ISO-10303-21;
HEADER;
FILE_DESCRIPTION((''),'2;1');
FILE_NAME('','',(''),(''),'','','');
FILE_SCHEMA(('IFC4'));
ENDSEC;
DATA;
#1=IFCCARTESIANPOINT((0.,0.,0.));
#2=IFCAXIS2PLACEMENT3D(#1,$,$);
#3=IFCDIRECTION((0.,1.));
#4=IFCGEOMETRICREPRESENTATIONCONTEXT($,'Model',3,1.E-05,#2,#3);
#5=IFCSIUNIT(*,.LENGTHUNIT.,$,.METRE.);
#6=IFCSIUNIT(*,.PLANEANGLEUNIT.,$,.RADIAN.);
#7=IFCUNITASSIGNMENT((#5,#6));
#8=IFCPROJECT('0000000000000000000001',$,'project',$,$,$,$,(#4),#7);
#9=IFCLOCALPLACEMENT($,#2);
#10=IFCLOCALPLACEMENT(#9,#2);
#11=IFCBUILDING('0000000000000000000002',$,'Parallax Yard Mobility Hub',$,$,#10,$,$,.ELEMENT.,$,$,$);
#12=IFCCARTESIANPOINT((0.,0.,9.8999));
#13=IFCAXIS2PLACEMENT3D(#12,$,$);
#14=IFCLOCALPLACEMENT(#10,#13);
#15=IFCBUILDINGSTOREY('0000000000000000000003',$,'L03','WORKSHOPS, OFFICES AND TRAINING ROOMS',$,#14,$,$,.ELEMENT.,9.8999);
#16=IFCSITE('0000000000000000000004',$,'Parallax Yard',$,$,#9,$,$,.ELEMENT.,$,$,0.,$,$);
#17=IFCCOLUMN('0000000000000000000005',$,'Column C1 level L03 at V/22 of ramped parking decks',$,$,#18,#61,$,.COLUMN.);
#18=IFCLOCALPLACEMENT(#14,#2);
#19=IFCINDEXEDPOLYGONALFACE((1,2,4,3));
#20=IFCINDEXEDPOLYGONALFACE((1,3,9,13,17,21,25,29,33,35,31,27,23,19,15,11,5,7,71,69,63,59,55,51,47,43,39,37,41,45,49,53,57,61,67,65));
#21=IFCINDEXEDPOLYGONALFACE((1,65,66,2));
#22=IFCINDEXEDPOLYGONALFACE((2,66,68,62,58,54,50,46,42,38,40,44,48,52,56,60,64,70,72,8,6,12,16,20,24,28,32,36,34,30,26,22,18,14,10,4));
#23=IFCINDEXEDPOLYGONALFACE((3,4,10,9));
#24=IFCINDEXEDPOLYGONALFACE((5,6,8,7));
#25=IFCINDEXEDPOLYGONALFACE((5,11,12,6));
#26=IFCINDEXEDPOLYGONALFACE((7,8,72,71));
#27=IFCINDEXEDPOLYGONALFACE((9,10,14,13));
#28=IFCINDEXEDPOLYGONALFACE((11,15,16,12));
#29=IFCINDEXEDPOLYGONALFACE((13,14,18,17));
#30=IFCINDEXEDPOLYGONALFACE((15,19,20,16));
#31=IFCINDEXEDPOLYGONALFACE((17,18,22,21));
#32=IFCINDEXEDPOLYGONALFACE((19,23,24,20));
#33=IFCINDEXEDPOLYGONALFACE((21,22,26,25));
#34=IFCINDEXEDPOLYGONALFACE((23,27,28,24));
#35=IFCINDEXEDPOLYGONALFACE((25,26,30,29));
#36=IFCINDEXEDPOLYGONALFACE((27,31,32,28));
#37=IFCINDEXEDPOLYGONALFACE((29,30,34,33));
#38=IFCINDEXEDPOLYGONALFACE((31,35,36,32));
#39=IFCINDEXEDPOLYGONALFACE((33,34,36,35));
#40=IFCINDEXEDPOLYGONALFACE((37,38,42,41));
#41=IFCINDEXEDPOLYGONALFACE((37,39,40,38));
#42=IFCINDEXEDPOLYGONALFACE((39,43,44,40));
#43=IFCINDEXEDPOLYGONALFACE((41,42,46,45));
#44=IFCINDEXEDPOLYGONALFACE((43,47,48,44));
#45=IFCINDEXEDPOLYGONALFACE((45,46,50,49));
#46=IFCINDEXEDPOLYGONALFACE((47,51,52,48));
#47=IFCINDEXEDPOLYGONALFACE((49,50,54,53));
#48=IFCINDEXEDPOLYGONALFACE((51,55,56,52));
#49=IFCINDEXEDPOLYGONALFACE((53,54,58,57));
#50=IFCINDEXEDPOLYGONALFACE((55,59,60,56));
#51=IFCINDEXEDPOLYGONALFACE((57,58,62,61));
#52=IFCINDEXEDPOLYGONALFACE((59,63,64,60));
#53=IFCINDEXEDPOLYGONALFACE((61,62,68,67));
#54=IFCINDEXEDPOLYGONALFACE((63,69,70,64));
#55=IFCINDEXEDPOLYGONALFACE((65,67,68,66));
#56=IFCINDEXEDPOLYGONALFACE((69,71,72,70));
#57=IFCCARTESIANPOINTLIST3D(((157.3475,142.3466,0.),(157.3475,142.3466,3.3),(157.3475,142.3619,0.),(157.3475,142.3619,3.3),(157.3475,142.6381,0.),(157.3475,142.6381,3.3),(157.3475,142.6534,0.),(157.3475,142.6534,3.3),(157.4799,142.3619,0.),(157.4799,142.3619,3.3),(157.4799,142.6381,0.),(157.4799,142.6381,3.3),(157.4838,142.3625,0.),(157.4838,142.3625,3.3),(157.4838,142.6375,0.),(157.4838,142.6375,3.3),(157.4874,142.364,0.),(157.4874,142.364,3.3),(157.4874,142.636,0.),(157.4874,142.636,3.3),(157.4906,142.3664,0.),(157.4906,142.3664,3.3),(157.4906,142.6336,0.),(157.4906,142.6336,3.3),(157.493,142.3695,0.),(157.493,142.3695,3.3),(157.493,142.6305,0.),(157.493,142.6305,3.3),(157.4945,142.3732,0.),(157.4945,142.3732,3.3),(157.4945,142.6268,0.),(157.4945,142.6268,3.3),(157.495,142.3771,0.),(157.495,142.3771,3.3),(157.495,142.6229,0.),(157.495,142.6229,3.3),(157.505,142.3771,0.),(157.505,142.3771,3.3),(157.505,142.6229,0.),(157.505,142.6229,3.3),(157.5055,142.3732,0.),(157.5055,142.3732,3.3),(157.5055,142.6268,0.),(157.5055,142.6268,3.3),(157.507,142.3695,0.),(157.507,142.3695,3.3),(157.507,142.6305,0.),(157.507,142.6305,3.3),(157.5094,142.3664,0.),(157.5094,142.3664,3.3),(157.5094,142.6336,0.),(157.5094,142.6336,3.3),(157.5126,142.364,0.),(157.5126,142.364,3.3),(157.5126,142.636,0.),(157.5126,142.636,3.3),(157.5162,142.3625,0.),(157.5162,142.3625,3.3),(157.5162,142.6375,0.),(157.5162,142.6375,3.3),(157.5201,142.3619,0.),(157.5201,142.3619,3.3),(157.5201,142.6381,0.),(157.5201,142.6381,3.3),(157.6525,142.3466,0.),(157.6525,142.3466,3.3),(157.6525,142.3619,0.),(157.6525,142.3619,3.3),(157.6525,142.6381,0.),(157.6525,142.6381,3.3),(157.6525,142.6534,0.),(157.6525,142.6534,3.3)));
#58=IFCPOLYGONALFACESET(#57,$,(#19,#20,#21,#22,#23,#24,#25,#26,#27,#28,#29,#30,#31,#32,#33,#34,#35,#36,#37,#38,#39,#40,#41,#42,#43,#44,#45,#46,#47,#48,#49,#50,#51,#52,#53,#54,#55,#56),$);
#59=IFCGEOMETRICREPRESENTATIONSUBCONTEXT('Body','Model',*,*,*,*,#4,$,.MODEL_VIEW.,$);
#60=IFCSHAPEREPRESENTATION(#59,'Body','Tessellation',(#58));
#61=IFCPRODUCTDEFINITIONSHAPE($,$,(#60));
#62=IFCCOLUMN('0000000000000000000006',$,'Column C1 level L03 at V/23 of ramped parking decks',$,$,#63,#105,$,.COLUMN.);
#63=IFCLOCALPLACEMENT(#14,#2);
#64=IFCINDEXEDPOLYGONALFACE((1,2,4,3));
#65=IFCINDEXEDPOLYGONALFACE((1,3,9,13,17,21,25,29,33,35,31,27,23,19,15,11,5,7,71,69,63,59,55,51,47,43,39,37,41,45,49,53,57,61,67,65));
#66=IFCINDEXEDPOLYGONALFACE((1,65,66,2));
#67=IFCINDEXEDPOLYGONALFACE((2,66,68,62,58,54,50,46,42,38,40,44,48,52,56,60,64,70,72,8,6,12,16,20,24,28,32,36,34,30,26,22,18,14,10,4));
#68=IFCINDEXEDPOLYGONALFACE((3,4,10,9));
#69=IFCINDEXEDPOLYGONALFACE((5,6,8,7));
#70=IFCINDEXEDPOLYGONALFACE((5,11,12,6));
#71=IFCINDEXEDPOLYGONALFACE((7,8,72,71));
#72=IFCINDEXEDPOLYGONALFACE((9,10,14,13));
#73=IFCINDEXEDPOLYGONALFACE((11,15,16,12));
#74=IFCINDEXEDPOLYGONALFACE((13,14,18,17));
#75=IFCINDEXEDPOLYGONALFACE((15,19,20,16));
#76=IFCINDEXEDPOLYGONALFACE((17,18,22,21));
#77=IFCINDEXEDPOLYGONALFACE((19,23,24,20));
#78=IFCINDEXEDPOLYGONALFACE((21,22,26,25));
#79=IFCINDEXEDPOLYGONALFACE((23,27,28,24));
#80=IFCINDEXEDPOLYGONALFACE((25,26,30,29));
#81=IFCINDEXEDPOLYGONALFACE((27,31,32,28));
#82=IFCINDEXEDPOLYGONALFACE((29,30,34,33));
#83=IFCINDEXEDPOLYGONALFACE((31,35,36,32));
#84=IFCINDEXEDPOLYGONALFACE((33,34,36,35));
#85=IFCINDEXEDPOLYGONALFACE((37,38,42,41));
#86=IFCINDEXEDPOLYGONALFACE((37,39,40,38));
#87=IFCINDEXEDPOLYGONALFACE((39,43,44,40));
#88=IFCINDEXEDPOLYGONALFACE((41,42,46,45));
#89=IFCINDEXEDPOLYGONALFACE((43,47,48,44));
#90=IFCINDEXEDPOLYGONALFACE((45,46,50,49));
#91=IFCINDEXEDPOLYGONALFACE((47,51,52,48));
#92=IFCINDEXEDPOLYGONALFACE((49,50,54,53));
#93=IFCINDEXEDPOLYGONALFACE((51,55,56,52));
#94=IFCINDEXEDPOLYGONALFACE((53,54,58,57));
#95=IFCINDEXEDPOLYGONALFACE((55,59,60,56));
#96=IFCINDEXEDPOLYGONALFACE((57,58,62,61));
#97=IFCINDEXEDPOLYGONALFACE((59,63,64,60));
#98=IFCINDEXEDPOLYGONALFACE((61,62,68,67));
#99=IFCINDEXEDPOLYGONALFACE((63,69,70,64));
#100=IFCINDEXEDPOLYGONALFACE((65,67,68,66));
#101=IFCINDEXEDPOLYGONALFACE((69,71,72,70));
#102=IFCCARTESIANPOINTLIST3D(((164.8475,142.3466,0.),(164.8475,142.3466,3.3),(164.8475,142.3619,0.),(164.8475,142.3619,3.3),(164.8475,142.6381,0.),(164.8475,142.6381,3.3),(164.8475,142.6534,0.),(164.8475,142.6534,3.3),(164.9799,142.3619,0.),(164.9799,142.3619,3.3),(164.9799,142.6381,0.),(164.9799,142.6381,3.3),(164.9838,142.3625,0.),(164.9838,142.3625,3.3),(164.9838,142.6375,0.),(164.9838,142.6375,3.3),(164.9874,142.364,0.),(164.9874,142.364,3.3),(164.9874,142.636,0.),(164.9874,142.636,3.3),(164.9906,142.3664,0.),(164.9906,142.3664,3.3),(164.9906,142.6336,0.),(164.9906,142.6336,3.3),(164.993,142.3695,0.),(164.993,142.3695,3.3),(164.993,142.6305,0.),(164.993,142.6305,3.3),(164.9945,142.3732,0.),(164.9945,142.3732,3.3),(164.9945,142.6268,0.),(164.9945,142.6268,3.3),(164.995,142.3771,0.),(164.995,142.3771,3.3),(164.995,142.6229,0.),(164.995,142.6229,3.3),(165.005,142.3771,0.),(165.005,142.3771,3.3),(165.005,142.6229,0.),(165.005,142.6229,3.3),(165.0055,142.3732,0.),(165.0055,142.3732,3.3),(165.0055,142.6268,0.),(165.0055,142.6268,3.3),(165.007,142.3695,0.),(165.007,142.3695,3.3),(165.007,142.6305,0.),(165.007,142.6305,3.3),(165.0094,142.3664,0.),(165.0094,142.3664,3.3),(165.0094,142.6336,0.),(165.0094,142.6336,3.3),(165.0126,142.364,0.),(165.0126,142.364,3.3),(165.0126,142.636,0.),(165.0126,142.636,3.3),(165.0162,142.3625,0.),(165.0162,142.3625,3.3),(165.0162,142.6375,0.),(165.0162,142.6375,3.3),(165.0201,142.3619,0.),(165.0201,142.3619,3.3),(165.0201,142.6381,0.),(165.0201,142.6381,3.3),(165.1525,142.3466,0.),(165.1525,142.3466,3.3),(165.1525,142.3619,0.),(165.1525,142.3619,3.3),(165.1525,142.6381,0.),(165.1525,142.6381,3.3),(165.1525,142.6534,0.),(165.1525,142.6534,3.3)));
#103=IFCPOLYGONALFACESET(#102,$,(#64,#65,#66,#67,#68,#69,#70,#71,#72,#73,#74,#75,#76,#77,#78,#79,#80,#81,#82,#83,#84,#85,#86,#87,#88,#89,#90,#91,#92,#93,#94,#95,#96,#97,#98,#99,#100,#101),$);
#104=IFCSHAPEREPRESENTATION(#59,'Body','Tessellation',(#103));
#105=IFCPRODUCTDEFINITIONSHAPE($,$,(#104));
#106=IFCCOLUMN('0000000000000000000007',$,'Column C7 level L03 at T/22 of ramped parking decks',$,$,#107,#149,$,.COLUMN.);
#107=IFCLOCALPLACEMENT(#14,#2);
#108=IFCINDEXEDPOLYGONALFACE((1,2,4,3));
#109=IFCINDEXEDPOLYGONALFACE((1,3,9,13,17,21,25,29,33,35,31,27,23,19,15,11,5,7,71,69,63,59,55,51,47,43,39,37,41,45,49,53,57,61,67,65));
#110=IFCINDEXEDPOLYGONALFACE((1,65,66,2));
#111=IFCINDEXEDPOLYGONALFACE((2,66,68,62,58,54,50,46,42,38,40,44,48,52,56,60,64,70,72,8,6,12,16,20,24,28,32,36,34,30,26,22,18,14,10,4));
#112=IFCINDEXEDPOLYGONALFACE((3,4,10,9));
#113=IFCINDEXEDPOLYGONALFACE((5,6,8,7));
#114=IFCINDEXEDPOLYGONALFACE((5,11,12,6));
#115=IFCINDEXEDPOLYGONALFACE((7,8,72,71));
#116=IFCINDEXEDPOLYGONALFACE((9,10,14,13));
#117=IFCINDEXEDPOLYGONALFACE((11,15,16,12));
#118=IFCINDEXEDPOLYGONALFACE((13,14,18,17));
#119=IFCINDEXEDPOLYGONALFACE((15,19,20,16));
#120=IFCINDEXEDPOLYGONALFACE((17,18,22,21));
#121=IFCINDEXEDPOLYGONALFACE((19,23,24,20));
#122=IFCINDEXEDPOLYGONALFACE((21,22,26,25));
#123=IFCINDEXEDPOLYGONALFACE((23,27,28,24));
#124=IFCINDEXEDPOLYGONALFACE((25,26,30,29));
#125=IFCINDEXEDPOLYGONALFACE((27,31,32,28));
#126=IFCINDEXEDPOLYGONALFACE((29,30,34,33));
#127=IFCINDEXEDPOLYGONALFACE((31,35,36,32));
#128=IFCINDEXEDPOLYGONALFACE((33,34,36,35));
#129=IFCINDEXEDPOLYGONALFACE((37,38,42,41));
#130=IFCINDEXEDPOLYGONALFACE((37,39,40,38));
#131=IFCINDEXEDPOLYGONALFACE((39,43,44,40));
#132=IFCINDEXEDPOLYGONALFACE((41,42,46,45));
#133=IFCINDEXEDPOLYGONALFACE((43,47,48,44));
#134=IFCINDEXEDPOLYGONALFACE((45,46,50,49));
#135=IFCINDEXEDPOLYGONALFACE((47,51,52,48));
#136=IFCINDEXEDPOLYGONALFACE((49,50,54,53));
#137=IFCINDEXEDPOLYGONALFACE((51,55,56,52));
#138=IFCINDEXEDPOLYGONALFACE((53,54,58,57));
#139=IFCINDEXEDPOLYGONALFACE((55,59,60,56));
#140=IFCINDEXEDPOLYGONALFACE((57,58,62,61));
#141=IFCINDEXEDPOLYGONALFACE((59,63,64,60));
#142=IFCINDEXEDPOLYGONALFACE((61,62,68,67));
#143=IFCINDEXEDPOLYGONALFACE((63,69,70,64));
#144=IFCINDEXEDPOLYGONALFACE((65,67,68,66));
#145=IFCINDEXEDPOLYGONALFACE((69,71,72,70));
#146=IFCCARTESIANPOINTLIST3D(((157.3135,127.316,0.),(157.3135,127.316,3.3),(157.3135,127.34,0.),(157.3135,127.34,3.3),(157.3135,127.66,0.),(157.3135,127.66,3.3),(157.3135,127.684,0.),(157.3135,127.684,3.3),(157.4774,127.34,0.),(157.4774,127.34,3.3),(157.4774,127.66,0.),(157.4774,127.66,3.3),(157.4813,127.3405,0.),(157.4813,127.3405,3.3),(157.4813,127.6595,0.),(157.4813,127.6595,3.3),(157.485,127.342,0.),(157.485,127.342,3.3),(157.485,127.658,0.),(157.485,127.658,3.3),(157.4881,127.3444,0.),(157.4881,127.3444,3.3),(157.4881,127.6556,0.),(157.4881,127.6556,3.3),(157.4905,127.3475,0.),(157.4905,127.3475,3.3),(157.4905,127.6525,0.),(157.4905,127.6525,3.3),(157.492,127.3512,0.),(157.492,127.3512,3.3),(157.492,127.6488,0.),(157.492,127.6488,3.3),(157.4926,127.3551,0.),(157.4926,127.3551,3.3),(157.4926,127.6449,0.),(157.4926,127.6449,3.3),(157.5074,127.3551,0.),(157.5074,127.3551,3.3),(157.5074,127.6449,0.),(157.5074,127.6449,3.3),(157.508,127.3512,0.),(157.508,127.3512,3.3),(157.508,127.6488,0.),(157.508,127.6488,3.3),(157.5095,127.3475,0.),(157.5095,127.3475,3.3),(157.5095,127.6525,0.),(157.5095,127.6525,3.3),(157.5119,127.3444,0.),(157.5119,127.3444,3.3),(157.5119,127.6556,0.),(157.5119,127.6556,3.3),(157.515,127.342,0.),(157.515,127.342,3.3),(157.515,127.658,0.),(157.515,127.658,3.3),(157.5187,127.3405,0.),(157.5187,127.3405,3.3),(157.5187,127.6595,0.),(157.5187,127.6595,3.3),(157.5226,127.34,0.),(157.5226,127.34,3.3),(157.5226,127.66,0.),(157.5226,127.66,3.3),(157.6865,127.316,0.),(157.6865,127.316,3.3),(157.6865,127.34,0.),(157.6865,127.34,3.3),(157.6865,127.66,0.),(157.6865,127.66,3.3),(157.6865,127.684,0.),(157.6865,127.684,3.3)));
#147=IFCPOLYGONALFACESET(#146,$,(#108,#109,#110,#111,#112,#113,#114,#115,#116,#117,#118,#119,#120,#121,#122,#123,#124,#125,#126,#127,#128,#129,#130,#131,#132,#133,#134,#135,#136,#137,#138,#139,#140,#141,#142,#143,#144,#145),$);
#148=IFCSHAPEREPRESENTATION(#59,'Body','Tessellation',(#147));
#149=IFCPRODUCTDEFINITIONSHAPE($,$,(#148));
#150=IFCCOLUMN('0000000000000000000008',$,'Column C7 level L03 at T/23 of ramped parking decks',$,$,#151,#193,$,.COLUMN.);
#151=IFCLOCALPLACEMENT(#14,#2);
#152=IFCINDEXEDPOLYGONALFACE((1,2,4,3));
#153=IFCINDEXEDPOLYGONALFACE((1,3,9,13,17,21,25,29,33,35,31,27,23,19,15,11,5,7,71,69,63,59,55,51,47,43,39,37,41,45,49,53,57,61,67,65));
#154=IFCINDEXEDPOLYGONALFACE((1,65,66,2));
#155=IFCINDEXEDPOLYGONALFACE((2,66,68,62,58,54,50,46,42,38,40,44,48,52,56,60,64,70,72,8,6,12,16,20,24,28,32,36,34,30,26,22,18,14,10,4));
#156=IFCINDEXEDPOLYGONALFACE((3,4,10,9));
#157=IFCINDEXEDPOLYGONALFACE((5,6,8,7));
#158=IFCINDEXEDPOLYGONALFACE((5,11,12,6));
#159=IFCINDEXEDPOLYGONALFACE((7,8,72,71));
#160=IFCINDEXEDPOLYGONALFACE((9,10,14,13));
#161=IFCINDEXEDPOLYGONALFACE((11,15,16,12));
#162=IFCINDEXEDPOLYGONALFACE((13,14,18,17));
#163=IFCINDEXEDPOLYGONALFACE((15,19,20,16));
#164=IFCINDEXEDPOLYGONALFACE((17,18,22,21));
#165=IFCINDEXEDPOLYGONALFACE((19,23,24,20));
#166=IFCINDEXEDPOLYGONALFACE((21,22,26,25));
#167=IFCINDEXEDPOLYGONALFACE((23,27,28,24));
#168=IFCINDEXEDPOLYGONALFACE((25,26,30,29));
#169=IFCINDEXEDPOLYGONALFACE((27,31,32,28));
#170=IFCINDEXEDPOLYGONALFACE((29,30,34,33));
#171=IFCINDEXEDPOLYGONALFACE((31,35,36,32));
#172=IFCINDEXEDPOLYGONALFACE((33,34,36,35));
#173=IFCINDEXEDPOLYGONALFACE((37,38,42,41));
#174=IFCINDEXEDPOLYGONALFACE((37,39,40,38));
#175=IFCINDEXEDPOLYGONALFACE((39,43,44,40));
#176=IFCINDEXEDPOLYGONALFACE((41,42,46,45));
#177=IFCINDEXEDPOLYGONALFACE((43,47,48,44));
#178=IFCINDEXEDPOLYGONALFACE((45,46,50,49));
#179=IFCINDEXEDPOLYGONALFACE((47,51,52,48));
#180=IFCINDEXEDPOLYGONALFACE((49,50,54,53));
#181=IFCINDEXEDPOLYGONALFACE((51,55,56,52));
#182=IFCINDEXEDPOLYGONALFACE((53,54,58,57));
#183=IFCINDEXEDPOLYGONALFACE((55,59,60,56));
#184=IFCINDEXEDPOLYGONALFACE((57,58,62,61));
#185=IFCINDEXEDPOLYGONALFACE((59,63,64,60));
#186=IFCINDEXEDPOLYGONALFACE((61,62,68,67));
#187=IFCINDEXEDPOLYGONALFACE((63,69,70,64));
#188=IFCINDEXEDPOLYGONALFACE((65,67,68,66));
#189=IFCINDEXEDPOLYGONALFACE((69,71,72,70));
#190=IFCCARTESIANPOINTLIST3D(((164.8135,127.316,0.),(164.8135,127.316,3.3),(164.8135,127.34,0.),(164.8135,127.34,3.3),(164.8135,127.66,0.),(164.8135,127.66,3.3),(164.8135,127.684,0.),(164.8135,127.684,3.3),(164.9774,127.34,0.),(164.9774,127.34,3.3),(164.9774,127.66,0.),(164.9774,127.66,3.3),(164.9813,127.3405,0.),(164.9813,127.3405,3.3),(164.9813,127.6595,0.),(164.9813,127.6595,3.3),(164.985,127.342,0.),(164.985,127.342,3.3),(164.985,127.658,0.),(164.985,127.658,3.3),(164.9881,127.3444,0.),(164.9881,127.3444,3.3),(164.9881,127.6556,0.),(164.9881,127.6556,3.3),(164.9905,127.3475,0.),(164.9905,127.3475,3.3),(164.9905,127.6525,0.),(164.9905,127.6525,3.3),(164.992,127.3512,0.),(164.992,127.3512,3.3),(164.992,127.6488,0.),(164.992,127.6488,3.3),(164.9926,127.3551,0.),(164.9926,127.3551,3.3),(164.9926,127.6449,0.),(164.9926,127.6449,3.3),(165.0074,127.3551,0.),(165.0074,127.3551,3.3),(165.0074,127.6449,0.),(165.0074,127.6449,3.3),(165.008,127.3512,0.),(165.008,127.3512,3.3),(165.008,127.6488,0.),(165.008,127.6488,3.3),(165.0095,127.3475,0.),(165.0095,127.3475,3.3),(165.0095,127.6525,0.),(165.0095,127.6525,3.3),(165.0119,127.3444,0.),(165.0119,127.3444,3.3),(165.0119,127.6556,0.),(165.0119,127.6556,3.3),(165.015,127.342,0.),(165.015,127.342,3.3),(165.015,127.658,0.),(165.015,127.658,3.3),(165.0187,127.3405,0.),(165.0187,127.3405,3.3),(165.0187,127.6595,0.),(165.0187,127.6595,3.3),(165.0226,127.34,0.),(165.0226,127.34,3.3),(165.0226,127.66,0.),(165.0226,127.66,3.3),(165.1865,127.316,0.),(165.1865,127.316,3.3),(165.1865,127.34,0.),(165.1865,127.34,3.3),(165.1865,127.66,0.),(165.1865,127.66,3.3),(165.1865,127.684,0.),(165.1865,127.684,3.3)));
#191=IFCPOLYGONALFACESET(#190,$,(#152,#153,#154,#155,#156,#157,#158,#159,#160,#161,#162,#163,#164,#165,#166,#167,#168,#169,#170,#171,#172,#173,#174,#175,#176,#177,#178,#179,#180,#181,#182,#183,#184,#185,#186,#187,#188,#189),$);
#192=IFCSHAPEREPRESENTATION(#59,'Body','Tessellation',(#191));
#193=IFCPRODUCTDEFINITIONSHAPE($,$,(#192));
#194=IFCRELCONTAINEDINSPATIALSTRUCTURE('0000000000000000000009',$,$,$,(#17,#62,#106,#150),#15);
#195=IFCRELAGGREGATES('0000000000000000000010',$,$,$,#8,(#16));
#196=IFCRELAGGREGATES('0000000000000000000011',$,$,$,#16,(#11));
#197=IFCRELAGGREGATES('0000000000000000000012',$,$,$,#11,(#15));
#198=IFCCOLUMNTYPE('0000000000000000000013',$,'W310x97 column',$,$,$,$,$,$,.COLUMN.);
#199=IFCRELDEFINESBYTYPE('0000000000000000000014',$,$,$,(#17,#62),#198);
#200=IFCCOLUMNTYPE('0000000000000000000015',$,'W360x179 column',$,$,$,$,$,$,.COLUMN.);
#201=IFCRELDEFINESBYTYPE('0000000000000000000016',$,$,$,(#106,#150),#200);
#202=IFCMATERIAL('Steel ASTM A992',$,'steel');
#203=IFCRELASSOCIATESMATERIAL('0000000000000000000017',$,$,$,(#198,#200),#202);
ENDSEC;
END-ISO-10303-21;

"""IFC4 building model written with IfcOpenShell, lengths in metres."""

from ifc_helpers import new_model, si_unit, direction, frame, origin, origin_2d, place, context, subcontext, project, spatial, i_section, extrude, material, material_profile, profile_set, type_object, element, save


model = new_model("IFC4")

# Units and contexts
model_context = context("Model", 3, precision=1e-05, world=origin(), true_north=direction((0.0, 1.0)))
body_context = subcontext(model_context, "Body", "Model", "MODEL_VIEW")
ifc_project = project(units=[si_unit("LENGTHUNIT", "METRE"), si_unit("PLANEANGLEUNIT", "RADIAN")], contexts=[model_context])

# Site, building, storey
site_placement = place(None, origin())
site = spatial("IfcSite", under=ifc_project, at=site_placement, Name="Parallax Yard", CompositionType="ELEMENT", RefElevation=0.0)
building_placement = place(site_placement, origin())
building = spatial("IfcBuilding", under=site, at=building_placement, Name="Parallax Yard Mobility Hub", CompositionType="ELEMENT")
storey_placement = place(building_placement, frame((0.0, 0.0, 9.8999)))
storey = spatial("IfcBuildingStorey", under=building, at=storey_placement, Name="L03", Description="WORKSHOPS, OFFICES AND TRAINING ROOMS", CompositionType="ELEMENT", Elevation=9.8999)

# Columns
ifc_material_1 = material(Name="Steel ASTM A992", Category="steel")
ifc_material_profile_1 = material_profile(ifc_material_1, i_section(OverallWidth=0.3049, OverallDepth=0.3069, WebThickness=0.01, FlangeThickness=0.0154, FilletRadius=0.0151, at=origin_2d()), Name="W310x97")
ifc_profile_set_1 = profile_set([ifc_material_profile_1], Name="Steel ASTM A992")
column_type_1 = type_object("IfcColumnType", Name="W310x97 column", PredefinedType="COLUMN", material=ifc_profile_set_1)
for number, where, z_axis, x_axis, name in (
    (1, (157.5, 142.5, 0.0), (0.0, 0.0, 1.0), (1.0, 0.0, 0.0), "Column C1 level L03 at V/22 of ramped parking decks"),
    (2, (165.0, 142.5, 0.0), (0.0, 0.0, 1.0), (1.0, 0.0, 0.0), "Column C1 level L03 at V/23 of ramped parking decks"),
):
    element("IfcColumn", number, at=place(storey_placement, frame(where, z_axis=z_axis, x_axis=x_axis)), inside=storey, type_object=column_type_1, Name=name, PredefinedType="COLUMN", context=body_context, shape_type="SweptSolid", body=[
        extrude(i_section(OverallWidth=0.3049, OverallDepth=0.3069, WebThickness=0.01, FlangeThickness=0.0154, FilletRadius=0.0151, at=origin_2d()), origin(), (0.0, 0.0, 1.0), 3.3),
    ])
ifc_material_profile_2 = material_profile(ifc_material_1, i_section(OverallWidth=0.373, OverallDepth=0.3679, WebThickness=0.0149, FlangeThickness=0.0239, FilletRadius=0.0151, at=origin_2d()), Name="W360x179")
ifc_profile_set_2 = profile_set([ifc_material_profile_2], Name="Steel ASTM A992")
column_type_2 = type_object("IfcColumnType", Name="W360x179 column", PredefinedType="COLUMN", material=ifc_profile_set_2)
for number, where, z_axis, x_axis, name in (
    (3, (157.5, 127.5, 0.0), (0.0, 0.0, 1.0), (1.0, 0.0, 0.0), "Column C7 level L03 at T/22 of ramped parking decks"),
    (4, (165.0, 127.5, 0.0), (0.0, 0.0, 1.0), (1.0, 0.0, 0.0), "Column C7 level L03 at T/23 of ramped parking decks"),
):
    element("IfcColumn", number, at=place(storey_placement, frame(where, z_axis=z_axis, x_axis=x_axis)), inside=storey, type_object=column_type_2, Name=name, PredefinedType="COLUMN", context=body_context, shape_type="SweptSolid", body=[
        extrude(i_section(OverallWidth=0.373, OverallDepth=0.3679, WebThickness=0.0149, FlangeThickness=0.0239, FilletRadius=0.0151, at=origin_2d()), origin(), (0.0, 0.0, 1.0), 3.3),
    ])

save(model, "model.ifc")
